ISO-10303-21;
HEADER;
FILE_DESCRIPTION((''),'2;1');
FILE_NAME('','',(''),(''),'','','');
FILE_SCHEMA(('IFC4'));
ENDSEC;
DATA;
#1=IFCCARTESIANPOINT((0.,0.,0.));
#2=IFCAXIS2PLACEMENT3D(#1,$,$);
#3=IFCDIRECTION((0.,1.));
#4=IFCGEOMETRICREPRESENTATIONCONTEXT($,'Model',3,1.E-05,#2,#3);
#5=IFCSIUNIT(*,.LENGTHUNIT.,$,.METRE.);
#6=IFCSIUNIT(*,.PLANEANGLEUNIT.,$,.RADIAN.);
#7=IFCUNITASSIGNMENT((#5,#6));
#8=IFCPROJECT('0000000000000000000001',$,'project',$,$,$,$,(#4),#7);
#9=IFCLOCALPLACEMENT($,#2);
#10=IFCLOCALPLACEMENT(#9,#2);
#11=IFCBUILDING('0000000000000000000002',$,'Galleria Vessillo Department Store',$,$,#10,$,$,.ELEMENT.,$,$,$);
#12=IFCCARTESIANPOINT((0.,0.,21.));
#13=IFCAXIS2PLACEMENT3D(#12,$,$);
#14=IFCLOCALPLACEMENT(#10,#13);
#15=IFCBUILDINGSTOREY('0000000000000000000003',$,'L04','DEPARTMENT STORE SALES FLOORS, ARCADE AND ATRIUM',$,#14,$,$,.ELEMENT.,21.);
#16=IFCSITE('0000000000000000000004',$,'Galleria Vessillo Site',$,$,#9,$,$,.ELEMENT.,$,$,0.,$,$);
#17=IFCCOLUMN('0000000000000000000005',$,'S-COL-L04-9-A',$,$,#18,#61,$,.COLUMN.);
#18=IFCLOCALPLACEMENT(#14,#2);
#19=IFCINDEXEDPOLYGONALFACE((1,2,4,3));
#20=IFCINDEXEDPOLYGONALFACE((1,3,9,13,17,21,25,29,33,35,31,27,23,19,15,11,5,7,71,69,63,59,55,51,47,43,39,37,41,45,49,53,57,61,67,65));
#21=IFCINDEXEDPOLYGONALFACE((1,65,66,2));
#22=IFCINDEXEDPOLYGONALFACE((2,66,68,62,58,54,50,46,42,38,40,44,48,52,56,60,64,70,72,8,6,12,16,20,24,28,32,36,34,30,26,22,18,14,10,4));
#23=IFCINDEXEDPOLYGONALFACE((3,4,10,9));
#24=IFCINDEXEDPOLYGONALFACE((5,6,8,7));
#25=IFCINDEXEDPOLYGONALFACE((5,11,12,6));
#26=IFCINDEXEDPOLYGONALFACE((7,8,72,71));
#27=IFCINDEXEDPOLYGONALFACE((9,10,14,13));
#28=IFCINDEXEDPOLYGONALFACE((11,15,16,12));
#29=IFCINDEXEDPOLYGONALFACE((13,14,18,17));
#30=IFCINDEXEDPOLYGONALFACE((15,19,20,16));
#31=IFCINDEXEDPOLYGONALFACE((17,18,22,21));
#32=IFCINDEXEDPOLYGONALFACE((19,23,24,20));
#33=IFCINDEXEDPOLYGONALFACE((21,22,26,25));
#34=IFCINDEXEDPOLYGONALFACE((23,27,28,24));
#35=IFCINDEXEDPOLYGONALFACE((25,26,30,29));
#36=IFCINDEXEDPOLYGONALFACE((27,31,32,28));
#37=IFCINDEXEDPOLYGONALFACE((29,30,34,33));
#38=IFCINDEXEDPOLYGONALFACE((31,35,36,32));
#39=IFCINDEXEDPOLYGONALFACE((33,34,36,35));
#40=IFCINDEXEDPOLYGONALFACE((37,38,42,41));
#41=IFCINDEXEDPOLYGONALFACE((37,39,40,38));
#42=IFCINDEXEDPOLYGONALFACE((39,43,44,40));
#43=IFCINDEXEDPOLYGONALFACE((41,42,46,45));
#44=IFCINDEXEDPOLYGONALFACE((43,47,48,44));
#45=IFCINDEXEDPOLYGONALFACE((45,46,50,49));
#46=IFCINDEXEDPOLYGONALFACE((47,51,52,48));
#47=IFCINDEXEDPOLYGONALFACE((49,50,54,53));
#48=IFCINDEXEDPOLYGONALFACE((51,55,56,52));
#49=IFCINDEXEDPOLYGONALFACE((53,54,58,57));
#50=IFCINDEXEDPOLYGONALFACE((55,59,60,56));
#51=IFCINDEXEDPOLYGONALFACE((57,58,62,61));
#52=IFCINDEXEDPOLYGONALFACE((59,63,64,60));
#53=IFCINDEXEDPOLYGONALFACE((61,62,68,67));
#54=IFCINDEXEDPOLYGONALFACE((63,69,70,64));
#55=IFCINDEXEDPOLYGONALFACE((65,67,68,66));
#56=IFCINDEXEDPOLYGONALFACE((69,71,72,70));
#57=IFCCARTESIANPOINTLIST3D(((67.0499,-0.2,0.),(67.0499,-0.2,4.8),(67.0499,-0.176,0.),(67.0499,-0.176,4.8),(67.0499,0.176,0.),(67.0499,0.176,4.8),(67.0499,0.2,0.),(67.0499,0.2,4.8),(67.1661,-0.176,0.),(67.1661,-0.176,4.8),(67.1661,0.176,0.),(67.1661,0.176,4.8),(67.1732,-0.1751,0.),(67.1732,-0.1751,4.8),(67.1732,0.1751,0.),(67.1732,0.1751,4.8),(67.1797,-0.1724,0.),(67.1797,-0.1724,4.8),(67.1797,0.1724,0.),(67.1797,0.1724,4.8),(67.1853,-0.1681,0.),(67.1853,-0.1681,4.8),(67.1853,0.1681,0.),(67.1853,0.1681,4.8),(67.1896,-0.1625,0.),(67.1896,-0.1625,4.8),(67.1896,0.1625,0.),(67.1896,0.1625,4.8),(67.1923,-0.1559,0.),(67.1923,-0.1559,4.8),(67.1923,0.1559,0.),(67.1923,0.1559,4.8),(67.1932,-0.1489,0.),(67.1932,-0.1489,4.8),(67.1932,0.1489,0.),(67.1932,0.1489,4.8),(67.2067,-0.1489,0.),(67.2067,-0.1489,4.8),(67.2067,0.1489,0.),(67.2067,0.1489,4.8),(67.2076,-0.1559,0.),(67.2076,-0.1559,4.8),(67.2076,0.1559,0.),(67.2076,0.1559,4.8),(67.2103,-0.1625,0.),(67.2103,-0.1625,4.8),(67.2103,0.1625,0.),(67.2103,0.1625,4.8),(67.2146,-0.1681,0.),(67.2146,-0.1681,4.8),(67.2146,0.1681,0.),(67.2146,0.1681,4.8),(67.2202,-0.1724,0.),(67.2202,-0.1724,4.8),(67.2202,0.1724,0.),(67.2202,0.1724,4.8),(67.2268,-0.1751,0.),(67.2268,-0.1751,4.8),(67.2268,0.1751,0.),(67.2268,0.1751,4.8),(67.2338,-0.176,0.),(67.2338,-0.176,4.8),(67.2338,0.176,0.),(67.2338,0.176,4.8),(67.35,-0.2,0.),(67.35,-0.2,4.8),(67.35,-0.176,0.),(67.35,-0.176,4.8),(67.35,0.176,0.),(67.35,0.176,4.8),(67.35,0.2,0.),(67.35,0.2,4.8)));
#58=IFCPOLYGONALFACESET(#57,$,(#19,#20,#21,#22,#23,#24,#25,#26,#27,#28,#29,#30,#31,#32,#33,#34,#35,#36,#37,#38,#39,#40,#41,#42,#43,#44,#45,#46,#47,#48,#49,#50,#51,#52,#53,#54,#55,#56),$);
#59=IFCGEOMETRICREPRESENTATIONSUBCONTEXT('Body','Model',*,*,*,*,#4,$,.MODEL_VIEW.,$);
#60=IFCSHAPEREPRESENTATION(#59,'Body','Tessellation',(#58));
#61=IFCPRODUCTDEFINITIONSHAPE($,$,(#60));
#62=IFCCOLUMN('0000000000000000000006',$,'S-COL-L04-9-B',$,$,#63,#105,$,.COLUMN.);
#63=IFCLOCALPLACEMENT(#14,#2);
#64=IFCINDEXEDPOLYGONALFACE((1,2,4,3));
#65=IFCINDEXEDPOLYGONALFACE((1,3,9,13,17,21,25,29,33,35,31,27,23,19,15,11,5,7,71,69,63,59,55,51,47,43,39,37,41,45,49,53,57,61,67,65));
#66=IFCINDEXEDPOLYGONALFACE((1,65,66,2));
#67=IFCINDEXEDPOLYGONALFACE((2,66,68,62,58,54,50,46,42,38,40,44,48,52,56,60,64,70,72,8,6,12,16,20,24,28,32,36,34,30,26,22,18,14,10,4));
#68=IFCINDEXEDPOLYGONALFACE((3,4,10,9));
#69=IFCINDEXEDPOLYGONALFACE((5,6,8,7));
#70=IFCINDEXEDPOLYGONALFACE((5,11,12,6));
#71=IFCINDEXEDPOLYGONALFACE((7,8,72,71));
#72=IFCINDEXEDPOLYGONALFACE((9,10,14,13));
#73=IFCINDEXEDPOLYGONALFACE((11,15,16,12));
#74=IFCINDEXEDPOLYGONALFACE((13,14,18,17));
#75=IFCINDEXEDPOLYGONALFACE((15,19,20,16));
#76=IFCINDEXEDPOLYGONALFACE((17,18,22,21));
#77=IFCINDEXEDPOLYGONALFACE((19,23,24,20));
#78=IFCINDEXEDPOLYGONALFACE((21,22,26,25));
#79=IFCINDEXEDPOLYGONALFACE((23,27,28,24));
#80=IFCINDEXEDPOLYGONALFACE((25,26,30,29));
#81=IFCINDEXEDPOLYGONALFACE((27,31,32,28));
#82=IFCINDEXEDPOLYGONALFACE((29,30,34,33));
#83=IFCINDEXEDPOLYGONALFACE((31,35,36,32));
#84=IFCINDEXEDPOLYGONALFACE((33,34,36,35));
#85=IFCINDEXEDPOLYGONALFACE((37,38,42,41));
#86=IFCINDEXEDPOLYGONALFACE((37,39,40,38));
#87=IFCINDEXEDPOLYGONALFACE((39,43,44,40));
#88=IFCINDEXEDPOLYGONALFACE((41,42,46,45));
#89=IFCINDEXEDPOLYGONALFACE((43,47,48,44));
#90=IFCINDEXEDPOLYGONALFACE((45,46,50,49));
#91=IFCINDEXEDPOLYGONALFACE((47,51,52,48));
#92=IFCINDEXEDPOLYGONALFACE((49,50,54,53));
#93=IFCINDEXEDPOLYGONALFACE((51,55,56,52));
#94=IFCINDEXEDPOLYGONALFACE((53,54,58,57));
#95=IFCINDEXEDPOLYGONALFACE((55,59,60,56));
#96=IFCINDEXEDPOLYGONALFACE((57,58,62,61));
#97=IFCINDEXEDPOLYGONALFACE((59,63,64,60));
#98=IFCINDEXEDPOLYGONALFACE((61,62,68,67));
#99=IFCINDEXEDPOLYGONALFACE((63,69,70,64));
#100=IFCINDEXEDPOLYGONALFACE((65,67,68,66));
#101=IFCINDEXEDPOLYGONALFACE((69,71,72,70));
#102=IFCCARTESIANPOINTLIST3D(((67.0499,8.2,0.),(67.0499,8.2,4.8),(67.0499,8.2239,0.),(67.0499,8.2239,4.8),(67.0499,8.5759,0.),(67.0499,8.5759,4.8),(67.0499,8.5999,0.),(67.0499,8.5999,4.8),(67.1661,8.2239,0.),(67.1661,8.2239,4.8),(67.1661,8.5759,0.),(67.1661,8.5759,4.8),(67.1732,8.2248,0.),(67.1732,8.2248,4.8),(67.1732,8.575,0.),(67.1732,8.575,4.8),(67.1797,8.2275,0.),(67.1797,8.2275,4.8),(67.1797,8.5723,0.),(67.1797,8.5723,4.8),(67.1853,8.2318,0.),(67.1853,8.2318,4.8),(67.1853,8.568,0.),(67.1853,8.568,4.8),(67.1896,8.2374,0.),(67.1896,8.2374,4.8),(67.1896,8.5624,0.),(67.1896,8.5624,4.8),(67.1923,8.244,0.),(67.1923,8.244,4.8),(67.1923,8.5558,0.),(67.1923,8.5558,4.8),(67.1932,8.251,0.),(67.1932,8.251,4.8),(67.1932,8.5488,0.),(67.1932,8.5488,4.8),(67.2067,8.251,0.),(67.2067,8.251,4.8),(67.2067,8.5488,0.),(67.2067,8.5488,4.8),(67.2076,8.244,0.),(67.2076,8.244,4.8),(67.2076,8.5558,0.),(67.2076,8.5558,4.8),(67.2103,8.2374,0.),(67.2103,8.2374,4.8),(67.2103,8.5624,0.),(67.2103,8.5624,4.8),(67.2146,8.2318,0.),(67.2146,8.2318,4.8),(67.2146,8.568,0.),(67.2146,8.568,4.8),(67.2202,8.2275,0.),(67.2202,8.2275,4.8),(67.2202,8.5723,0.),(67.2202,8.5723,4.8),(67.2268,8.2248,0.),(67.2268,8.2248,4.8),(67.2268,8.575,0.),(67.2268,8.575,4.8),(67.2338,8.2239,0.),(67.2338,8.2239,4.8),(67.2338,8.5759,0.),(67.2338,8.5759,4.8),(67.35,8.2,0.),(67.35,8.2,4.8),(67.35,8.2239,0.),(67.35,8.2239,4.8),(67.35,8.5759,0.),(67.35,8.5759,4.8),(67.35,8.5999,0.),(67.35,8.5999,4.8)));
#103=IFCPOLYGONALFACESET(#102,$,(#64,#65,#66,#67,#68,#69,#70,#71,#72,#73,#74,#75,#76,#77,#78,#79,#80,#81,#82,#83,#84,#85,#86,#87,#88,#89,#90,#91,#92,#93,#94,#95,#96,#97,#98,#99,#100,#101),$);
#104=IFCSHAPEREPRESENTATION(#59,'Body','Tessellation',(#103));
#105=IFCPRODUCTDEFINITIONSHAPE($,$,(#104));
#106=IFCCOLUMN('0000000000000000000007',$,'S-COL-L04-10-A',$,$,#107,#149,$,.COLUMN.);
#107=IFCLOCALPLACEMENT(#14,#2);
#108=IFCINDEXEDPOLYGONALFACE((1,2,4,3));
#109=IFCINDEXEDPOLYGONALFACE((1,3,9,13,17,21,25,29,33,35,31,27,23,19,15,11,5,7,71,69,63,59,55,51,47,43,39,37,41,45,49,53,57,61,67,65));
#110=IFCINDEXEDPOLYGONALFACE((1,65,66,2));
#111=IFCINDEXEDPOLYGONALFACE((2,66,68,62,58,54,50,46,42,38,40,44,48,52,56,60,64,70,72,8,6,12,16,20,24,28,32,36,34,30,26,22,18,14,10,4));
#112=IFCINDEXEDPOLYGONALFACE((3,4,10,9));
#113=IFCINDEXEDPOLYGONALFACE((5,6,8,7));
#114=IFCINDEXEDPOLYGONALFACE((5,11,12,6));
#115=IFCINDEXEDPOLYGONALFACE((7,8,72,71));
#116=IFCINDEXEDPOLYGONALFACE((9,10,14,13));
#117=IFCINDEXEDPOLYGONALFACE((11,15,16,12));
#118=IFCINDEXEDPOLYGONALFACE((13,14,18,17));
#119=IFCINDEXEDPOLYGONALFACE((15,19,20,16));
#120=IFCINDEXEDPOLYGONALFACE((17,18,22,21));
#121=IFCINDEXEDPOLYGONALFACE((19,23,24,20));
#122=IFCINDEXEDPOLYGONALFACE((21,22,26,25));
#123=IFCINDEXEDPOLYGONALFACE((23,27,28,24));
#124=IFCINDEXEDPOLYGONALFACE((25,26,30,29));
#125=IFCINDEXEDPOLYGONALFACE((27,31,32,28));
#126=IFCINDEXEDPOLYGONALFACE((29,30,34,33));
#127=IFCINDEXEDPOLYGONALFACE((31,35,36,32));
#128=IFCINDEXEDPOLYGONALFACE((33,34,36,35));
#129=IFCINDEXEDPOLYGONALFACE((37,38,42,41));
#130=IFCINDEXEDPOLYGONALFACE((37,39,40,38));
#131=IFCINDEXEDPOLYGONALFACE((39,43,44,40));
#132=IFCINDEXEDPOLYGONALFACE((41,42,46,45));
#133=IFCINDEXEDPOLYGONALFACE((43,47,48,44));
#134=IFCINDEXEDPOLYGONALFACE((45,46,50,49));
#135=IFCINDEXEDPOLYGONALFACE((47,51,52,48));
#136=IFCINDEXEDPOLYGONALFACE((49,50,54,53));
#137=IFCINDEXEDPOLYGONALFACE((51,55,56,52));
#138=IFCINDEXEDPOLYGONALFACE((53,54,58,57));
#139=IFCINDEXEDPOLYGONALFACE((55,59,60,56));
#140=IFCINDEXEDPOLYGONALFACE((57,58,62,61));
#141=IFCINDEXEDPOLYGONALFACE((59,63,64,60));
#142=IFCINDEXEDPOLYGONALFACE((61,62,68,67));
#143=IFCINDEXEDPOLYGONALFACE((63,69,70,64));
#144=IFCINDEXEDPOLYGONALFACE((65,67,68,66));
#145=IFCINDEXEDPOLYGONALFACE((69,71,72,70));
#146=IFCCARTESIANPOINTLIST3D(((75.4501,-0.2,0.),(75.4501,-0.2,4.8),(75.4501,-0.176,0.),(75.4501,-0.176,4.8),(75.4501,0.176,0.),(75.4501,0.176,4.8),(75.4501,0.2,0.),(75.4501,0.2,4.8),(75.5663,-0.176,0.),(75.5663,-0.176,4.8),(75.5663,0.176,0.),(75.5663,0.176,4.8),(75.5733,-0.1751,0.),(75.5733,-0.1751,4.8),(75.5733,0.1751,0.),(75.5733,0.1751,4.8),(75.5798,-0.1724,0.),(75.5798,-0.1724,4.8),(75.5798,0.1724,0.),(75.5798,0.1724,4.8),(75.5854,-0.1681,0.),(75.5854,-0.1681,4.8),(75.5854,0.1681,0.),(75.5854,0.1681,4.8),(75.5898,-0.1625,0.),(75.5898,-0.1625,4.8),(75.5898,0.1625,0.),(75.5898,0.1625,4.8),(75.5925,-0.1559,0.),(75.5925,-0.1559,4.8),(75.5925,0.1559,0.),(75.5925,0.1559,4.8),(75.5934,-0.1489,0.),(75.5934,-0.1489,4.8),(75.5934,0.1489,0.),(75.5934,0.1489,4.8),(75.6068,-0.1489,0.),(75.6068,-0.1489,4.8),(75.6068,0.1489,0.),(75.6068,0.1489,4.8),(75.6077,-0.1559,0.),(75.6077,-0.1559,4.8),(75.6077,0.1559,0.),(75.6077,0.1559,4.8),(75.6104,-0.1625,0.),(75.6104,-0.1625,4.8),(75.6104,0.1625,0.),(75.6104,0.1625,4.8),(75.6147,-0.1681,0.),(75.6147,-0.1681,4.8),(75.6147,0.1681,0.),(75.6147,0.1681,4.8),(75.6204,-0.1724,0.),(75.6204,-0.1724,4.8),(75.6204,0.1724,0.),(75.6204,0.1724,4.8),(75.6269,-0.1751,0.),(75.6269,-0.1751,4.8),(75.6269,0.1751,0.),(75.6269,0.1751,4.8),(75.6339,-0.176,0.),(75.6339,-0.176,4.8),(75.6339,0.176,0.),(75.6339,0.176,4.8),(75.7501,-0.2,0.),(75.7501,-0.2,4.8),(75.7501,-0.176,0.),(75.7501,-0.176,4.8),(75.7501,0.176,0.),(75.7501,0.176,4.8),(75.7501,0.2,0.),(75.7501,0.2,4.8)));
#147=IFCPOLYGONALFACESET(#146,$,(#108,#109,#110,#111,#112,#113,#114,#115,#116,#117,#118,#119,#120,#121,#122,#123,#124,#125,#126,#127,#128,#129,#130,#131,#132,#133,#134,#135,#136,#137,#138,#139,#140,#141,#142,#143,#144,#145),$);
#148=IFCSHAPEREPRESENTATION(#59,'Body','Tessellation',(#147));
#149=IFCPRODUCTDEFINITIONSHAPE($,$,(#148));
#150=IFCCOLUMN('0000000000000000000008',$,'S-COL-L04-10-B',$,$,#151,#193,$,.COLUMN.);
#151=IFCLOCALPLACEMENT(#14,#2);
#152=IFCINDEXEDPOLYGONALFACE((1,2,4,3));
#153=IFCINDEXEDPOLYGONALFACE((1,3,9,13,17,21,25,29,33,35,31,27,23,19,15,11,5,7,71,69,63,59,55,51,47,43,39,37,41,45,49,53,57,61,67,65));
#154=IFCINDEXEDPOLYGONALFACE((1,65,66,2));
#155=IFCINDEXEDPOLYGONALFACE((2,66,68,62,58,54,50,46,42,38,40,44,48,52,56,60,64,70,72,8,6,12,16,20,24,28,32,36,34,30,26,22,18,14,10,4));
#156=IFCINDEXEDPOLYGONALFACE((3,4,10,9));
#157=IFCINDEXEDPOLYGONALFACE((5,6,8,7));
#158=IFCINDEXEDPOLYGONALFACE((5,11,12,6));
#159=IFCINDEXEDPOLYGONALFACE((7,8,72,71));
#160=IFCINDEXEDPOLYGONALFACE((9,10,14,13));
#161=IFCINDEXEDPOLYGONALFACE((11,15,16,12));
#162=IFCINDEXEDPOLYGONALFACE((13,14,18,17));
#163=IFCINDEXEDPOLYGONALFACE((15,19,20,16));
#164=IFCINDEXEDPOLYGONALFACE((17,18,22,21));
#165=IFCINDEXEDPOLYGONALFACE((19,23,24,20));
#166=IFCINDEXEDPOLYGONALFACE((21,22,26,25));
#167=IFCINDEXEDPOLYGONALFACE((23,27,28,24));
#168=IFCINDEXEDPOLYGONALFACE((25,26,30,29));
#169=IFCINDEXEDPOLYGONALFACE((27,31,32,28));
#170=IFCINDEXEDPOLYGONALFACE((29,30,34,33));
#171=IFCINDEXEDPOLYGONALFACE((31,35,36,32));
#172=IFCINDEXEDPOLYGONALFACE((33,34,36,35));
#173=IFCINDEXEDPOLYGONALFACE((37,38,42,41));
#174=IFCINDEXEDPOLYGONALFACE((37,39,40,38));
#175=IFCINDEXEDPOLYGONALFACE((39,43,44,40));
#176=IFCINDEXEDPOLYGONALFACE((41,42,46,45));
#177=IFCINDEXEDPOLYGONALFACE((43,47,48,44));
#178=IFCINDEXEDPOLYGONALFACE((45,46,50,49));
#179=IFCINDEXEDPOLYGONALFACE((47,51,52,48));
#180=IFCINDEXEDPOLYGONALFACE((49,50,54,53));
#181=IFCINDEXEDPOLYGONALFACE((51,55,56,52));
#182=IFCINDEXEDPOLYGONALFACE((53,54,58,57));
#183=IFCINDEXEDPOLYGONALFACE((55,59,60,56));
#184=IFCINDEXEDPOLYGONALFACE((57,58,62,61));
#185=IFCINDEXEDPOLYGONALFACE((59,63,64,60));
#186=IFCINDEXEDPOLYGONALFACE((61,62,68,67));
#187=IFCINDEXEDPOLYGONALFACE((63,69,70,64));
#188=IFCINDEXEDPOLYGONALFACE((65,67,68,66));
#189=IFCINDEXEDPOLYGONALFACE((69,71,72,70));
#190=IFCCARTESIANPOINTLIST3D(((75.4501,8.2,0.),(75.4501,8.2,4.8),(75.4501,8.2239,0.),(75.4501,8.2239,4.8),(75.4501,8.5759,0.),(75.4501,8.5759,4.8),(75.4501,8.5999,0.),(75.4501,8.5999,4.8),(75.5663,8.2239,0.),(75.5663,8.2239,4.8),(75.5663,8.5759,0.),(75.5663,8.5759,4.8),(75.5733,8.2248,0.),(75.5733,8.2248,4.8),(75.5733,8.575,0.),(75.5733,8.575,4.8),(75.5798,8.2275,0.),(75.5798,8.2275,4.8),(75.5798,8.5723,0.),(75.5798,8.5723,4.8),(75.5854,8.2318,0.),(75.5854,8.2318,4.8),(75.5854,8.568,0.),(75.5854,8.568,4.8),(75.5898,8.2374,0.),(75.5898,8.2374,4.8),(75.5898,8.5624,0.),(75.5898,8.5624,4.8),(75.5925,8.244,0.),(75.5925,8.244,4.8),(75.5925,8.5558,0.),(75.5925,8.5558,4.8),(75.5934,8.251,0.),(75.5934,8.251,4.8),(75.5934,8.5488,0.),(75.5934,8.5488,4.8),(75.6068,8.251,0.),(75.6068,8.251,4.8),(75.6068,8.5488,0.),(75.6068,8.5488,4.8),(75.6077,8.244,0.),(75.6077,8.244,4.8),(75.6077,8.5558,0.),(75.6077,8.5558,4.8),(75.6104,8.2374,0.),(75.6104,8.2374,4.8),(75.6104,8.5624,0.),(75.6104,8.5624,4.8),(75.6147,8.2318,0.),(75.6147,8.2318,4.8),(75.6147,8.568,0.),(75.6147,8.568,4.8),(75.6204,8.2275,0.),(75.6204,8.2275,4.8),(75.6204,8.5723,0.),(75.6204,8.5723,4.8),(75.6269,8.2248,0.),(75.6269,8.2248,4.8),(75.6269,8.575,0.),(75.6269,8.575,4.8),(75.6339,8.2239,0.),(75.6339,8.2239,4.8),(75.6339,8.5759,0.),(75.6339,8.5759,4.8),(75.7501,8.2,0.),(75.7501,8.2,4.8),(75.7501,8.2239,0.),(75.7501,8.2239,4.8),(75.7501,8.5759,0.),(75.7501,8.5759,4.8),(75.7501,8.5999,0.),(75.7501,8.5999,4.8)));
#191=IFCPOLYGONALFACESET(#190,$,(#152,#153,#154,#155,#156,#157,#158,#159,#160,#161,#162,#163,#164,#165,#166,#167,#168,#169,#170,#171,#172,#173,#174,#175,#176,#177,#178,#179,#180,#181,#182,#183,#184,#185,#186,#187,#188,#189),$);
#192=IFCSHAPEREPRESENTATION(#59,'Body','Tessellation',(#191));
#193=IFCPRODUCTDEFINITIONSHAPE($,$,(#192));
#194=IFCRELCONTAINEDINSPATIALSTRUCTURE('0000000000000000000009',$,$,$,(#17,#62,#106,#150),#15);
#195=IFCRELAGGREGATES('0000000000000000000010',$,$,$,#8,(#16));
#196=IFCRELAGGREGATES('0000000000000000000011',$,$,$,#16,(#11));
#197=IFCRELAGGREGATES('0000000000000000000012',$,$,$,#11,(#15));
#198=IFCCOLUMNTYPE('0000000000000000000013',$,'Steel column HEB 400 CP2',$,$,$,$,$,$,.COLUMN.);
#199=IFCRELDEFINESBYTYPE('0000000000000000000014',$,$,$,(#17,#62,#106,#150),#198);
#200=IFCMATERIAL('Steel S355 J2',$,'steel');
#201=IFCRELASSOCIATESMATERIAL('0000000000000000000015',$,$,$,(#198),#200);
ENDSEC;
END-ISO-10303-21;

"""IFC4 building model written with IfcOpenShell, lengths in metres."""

from ifc_helpers import new_model, si_unit, direction, frame, origin, origin_2d, place, context, subcontext, project, spatial, i_section, extrude, material, material_profile, profile_set, type_object, element, save


model = new_model("IFC4")

# Units and contexts
model_context = context("Model", 3, precision=1e-05, world=origin(), true_north=direction((0.0, 1.0)))
body_context = subcontext(model_context, "Body", "Model", "MODEL_VIEW")
ifc_project = project(units=[si_unit("LENGTHUNIT", "METRE"), si_unit("PLANEANGLEUNIT", "RADIAN")], contexts=[model_context])

# Site, building, storey
site_placement = place(None, origin())
site = spatial("IfcSite", under=ifc_project, at=site_placement, Name="Galleria Vessillo Site", CompositionType="ELEMENT", RefElevation=0.0)
building_placement = place(site_placement, origin())
building = spatial("IfcBuilding", under=site, at=building_placement, Name="Galleria Vessillo Department Store", CompositionType="ELEMENT")
storey_placement = place(building_placement, frame((0.0, 0.0, 21.0)))
storey = spatial("IfcBuildingStorey", under=building, at=storey_placement, Name="L04", Description="DEPARTMENT STORE SALES FLOORS, ARCADE AND ATRIUM", CompositionType="ELEMENT", Elevation=21.0)

# Columns
ifc_material_1 = material(Name="Steel S355 J2", Category="steel")
ifc_material_profile_1 = material_profile(ifc_material_1, i_section(OverallWidth=0.3, OverallDepth=0.3999, WebThickness=0.0134, FlangeThickness=0.0239, FilletRadius=0.0271, at=origin_2d()), Name="HEB 400")
ifc_profile_set_1 = profile_set([ifc_material_profile_1], Name="Steel S355 J2")
column_type = type_object("IfcColumnType", Name="Steel column HEB 400 CP2", PredefinedType="COLUMN", material=ifc_profile_set_1)
for number, where, z_axis, x_axis, name in (
    (1, (67.2, 0.0, 0.0), (0.0, 0.0, 1.0), (1.0, 0.0, 0.0), "S-COL-L04-9-A"),
    (2, (67.2, 8.3999, 0.0), (0.0, 0.0, 1.0), (1.0, 0.0, 0.0), "S-COL-L04-9-B"),
    (3, (75.6001, 0.0, 0.0), (0.0, 0.0, 1.0), (1.0, 0.0, 0.0), "S-COL-L04-10-A"),
    (4, (75.6001, 8.3999, 0.0), (0.0, 0.0, 1.0), (1.0, 0.0, 0.0), "S-COL-L04-10-B"),
):
    element("IfcColumn", number, at=place(storey_placement, frame(where, z_axis=z_axis, x_axis=x_axis)), inside=storey, type_object=column_type, Name=name, PredefinedType="COLUMN", context=body_context, shape_type="SweptSolid", body=[
        extrude(i_section(OverallWidth=0.3, OverallDepth=0.3999, WebThickness=0.0134, FlangeThickness=0.0239, FilletRadius=0.0271, at=origin_2d()), origin(), (0.0, 0.0, 1.0), 4.8),
    ])

save(model, "model.ifc")
